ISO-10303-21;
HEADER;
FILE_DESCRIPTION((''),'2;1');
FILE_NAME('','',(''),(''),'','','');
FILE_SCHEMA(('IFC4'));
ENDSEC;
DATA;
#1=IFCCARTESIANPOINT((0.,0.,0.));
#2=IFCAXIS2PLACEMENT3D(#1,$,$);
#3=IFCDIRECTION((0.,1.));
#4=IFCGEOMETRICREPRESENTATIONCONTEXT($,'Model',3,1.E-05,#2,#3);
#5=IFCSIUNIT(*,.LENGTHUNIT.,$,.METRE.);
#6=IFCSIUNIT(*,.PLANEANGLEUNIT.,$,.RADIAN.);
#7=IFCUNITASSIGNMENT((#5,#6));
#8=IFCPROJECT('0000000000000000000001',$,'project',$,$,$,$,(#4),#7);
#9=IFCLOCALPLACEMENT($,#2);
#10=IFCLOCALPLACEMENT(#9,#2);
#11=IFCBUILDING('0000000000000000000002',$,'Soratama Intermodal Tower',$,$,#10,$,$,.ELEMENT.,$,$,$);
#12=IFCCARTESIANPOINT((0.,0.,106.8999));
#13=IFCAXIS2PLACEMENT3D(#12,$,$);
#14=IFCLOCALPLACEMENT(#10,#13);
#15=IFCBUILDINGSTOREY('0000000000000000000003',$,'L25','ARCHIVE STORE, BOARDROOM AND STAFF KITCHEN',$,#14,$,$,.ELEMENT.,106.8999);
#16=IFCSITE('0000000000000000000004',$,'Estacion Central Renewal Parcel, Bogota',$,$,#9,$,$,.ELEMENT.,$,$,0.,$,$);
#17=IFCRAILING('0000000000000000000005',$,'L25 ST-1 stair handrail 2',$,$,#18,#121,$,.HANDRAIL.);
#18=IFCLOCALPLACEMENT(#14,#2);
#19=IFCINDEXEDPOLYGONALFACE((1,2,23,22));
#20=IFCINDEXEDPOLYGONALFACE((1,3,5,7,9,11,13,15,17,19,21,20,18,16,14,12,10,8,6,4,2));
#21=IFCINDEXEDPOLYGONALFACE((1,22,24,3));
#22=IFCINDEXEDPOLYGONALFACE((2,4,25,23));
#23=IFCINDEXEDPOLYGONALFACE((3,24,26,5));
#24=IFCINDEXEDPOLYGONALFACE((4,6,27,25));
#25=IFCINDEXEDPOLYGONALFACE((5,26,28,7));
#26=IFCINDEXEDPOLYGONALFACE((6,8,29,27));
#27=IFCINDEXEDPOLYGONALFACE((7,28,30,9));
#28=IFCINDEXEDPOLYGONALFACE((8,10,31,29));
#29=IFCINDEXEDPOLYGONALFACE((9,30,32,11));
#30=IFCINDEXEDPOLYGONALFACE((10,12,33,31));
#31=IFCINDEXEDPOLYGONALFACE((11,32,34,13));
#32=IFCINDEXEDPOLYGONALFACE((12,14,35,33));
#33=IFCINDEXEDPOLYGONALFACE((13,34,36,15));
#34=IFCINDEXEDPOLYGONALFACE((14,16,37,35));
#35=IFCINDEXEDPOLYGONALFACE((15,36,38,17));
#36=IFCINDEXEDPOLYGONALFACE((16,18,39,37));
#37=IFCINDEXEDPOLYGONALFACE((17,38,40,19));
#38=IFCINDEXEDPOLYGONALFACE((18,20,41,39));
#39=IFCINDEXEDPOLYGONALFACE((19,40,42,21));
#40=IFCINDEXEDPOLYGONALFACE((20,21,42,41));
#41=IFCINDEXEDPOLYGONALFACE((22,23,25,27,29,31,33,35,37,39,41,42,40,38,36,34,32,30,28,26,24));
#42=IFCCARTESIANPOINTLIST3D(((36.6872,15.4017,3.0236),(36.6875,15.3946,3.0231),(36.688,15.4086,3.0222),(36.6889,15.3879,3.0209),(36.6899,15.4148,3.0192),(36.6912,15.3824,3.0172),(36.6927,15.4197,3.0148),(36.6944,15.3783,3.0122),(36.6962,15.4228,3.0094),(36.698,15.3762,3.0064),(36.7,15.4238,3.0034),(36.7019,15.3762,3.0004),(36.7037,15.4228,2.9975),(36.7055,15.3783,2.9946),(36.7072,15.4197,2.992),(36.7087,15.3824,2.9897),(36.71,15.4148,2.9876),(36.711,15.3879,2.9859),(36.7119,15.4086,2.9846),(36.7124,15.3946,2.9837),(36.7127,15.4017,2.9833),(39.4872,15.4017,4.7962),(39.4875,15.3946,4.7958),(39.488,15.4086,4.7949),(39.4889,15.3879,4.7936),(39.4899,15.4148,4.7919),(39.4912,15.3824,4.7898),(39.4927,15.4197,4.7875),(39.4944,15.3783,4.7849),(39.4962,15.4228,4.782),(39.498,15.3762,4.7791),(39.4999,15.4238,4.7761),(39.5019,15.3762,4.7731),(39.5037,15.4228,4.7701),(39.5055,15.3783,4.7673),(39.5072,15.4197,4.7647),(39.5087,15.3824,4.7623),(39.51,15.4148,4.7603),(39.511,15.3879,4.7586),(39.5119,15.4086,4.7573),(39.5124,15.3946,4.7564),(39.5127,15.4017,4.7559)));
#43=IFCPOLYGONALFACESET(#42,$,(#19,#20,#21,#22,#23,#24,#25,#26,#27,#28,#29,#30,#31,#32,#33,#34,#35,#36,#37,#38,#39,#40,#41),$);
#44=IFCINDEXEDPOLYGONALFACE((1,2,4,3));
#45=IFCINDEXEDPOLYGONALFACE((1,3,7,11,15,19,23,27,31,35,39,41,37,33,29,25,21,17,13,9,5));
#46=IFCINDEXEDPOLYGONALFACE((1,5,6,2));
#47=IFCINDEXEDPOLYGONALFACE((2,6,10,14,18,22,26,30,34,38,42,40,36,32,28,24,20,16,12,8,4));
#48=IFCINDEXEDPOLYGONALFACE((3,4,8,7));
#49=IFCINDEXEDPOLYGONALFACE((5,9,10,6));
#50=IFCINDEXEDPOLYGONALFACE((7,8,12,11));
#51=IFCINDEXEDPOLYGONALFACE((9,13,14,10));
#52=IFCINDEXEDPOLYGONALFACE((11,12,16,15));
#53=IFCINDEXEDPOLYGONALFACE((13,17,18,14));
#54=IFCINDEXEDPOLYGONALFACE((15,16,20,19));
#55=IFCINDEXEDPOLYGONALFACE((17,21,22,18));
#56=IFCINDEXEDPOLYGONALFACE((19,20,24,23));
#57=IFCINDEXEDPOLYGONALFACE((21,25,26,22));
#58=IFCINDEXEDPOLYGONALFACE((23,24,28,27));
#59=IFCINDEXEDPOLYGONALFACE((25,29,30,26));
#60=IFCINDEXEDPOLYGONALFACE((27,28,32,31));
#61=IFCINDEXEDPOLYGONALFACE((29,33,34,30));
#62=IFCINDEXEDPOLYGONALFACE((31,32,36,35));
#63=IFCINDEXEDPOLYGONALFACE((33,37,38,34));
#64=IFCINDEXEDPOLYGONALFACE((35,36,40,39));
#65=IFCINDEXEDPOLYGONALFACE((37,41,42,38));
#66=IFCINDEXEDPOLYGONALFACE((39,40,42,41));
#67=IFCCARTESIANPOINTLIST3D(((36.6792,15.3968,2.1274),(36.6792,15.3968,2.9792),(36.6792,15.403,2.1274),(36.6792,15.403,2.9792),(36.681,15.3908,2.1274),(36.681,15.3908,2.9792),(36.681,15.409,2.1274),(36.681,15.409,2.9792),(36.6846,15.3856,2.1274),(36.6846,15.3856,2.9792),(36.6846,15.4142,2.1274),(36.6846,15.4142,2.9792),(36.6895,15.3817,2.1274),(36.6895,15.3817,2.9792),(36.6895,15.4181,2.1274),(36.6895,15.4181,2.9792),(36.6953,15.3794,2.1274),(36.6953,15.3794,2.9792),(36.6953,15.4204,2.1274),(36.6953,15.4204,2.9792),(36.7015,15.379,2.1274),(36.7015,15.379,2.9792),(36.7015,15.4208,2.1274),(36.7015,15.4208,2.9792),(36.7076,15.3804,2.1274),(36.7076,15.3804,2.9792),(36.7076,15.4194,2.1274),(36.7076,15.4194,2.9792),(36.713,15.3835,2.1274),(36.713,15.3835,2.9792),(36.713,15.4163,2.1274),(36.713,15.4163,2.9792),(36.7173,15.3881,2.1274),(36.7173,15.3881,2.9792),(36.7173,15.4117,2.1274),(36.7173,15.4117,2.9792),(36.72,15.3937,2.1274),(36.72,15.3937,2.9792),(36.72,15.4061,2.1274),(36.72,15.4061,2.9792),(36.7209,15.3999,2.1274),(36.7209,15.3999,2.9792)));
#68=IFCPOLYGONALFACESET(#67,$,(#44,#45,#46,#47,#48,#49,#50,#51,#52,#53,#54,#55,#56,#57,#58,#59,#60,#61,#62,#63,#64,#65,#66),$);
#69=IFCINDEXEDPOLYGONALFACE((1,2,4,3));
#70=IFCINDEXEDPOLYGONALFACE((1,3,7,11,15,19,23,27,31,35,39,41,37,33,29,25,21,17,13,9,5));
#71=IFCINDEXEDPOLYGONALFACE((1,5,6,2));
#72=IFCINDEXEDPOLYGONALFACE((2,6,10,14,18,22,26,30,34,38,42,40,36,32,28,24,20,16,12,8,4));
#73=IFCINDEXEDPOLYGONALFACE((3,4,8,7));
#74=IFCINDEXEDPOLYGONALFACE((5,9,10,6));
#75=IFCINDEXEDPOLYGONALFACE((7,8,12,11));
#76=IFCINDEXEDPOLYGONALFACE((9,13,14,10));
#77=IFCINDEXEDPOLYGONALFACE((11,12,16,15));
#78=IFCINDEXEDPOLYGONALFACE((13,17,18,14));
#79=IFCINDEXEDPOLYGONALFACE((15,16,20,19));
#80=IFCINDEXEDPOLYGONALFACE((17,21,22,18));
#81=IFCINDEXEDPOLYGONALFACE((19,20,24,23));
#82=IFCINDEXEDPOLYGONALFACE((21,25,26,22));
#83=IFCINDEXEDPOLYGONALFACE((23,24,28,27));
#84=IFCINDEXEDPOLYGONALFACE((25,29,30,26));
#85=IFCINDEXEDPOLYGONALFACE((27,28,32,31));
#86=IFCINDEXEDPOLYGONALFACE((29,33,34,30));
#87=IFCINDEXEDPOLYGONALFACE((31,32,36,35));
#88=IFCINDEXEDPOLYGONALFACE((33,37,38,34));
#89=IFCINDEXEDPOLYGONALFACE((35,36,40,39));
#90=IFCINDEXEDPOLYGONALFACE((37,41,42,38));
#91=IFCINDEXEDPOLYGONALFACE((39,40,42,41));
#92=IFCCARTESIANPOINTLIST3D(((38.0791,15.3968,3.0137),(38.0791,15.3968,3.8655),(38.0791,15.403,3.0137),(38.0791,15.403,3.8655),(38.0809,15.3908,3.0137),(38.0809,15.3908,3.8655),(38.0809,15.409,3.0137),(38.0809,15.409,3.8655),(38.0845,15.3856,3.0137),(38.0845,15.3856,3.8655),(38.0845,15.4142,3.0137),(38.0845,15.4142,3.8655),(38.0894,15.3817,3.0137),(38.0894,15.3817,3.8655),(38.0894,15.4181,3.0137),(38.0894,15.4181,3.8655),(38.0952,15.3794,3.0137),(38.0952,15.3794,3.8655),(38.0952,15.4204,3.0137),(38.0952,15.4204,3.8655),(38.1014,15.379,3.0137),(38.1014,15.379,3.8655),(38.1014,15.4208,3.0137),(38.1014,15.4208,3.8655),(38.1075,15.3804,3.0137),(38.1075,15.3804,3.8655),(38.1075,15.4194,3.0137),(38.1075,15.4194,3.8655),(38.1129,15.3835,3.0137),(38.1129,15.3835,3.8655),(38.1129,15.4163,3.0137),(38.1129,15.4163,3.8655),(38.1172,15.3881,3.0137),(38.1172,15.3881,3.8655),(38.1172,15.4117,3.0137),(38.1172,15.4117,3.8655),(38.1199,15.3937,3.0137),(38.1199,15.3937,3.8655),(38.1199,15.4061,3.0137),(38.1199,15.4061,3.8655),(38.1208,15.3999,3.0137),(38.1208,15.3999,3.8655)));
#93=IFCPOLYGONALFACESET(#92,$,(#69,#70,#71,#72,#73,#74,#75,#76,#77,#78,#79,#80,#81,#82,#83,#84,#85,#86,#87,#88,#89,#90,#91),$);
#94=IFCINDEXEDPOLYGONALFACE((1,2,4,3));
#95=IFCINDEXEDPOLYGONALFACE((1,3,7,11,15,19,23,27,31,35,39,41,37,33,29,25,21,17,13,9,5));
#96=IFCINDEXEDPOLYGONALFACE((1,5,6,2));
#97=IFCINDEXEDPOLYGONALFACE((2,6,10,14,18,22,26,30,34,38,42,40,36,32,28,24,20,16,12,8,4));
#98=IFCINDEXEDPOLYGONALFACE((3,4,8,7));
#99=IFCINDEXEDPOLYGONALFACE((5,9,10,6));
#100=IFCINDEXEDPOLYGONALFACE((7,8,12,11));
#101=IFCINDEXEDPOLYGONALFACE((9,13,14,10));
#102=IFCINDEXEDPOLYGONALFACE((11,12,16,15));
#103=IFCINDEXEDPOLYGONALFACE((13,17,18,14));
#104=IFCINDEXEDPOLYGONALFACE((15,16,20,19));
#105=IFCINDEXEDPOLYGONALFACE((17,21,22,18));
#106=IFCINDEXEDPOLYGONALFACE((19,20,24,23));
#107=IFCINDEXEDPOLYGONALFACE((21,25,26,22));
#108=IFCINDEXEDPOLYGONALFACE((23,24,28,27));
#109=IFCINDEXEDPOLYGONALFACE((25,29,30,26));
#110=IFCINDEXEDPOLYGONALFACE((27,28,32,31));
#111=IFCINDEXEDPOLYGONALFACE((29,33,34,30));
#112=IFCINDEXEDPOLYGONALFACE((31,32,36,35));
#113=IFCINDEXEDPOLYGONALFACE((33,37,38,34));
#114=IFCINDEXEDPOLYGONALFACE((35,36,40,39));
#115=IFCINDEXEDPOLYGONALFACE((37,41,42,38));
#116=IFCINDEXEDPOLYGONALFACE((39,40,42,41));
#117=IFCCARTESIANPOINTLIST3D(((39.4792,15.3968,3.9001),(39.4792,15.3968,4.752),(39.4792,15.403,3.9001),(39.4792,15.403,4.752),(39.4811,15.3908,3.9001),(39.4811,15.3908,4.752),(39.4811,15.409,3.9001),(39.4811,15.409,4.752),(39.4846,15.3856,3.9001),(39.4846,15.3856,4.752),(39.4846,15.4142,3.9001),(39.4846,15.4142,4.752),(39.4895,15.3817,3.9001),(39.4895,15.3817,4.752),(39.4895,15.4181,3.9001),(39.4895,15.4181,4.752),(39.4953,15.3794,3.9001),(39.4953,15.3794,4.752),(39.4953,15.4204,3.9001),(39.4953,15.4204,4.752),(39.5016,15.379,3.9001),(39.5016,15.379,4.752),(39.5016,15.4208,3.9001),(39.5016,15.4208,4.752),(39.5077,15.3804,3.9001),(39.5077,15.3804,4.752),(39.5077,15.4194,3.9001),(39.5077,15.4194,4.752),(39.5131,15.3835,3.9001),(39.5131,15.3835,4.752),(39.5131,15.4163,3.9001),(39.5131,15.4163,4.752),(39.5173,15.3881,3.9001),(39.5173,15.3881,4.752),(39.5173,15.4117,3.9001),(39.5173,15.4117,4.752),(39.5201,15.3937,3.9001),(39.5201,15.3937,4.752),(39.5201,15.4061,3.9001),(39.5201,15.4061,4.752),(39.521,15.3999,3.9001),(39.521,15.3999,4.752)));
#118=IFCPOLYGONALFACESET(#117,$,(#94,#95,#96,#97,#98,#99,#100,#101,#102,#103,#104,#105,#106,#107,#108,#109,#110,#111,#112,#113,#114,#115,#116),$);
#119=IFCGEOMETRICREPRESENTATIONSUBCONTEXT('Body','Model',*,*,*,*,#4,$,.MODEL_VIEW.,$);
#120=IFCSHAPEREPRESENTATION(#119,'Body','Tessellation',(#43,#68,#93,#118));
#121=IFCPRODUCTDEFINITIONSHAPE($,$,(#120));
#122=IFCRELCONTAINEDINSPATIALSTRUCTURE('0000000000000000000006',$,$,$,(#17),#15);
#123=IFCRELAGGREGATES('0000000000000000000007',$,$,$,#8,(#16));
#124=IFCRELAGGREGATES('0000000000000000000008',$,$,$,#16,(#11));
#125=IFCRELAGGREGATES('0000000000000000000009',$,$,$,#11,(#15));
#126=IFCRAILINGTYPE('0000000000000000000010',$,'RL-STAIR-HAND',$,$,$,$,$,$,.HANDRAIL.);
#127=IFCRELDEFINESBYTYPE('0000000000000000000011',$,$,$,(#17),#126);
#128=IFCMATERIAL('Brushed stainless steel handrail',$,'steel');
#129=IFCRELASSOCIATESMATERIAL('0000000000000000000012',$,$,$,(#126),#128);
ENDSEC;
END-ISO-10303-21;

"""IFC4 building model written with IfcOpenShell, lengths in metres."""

from ifc_helpers import new_model, si_unit, direction, frame, origin, origin_2d, place, context, subcontext, project, spatial, circle, extrude, material, type_object, element, save


model = new_model("IFC4")

# Units and contexts
model_context = context("Model", 3, precision=1e-05, world=origin(), true_north=direction((0.0, 1.0)))
body_context = subcontext(model_context, "Body", "Model", "MODEL_VIEW")
ifc_project = project(units=[si_unit("LENGTHUNIT", "METRE"), si_unit("PLANEANGLEUNIT", "RADIAN")], contexts=[model_context])

# Site, building, storey
site_placement = place(None, origin())
site = spatial("IfcSite", under=ifc_project, at=site_placement, Name="Estacion Central Renewal Parcel, Bogota", CompositionType="ELEMENT", RefElevation=0.0)
building_placement = place(site_placement, origin())
building = spatial("IfcBuilding", under=site, at=building_placement, Name="Soratama Intermodal Tower", CompositionType="ELEMENT")
storey_placement = place(building_placement, frame((0.0, 0.0, 106.8999)))
storey = spatial("IfcBuildingStorey", under=building, at=storey_placement, Name="L25", Description="ARCHIVE STORE, BOARDROOM AND STAFF KITCHEN", CompositionType="ELEMENT", Elevation=106.8999)

# Railing
ifc_material_1 = material(Name="Brushed stainless steel handrail", Category="steel")
railing_type_1 = type_object("IfcRailingType", Name="RL-STAIR-HAND", PredefinedType="HANDRAIL", material=ifc_material_1)
railing_1_placement = place(storey_placement, frame((36.7, 15.3999, 2.1274)))
element("IfcRailing", 1, at=railing_1_placement, inside=storey, type_object=railing_type_1, Name="L25 ST-1 stair handrail 2", PredefinedType="HANDRAIL", context=body_context, shape_type="SweptSolid", body=[
    extrude(circle(Radius=0.0239, at=origin_2d()), frame((0.0, 0.0, 0.876), z_axis=(0.844909, 0.0, 0.53491), x_axis=(0.0, 1.0, 0.0)), (0.0, 0.0, 1.0), 3.314),
    extrude(circle(Radius=0.021, at=origin_2d()), origin(), (0.0, 0.0, 1.0), 0.8518),
    extrude(circle(Radius=0.021, at=origin_2d()), frame((1.3999, 0.0, 0.8862)), (0.0, 0.0, 1.0), 0.8518),
    extrude(circle(Radius=0.021, at=origin_2d()), frame((2.8, 0.0, 1.7727)), (0.0, 0.0, 1.0), 0.8518),
])

save(model, "model.ifc")
